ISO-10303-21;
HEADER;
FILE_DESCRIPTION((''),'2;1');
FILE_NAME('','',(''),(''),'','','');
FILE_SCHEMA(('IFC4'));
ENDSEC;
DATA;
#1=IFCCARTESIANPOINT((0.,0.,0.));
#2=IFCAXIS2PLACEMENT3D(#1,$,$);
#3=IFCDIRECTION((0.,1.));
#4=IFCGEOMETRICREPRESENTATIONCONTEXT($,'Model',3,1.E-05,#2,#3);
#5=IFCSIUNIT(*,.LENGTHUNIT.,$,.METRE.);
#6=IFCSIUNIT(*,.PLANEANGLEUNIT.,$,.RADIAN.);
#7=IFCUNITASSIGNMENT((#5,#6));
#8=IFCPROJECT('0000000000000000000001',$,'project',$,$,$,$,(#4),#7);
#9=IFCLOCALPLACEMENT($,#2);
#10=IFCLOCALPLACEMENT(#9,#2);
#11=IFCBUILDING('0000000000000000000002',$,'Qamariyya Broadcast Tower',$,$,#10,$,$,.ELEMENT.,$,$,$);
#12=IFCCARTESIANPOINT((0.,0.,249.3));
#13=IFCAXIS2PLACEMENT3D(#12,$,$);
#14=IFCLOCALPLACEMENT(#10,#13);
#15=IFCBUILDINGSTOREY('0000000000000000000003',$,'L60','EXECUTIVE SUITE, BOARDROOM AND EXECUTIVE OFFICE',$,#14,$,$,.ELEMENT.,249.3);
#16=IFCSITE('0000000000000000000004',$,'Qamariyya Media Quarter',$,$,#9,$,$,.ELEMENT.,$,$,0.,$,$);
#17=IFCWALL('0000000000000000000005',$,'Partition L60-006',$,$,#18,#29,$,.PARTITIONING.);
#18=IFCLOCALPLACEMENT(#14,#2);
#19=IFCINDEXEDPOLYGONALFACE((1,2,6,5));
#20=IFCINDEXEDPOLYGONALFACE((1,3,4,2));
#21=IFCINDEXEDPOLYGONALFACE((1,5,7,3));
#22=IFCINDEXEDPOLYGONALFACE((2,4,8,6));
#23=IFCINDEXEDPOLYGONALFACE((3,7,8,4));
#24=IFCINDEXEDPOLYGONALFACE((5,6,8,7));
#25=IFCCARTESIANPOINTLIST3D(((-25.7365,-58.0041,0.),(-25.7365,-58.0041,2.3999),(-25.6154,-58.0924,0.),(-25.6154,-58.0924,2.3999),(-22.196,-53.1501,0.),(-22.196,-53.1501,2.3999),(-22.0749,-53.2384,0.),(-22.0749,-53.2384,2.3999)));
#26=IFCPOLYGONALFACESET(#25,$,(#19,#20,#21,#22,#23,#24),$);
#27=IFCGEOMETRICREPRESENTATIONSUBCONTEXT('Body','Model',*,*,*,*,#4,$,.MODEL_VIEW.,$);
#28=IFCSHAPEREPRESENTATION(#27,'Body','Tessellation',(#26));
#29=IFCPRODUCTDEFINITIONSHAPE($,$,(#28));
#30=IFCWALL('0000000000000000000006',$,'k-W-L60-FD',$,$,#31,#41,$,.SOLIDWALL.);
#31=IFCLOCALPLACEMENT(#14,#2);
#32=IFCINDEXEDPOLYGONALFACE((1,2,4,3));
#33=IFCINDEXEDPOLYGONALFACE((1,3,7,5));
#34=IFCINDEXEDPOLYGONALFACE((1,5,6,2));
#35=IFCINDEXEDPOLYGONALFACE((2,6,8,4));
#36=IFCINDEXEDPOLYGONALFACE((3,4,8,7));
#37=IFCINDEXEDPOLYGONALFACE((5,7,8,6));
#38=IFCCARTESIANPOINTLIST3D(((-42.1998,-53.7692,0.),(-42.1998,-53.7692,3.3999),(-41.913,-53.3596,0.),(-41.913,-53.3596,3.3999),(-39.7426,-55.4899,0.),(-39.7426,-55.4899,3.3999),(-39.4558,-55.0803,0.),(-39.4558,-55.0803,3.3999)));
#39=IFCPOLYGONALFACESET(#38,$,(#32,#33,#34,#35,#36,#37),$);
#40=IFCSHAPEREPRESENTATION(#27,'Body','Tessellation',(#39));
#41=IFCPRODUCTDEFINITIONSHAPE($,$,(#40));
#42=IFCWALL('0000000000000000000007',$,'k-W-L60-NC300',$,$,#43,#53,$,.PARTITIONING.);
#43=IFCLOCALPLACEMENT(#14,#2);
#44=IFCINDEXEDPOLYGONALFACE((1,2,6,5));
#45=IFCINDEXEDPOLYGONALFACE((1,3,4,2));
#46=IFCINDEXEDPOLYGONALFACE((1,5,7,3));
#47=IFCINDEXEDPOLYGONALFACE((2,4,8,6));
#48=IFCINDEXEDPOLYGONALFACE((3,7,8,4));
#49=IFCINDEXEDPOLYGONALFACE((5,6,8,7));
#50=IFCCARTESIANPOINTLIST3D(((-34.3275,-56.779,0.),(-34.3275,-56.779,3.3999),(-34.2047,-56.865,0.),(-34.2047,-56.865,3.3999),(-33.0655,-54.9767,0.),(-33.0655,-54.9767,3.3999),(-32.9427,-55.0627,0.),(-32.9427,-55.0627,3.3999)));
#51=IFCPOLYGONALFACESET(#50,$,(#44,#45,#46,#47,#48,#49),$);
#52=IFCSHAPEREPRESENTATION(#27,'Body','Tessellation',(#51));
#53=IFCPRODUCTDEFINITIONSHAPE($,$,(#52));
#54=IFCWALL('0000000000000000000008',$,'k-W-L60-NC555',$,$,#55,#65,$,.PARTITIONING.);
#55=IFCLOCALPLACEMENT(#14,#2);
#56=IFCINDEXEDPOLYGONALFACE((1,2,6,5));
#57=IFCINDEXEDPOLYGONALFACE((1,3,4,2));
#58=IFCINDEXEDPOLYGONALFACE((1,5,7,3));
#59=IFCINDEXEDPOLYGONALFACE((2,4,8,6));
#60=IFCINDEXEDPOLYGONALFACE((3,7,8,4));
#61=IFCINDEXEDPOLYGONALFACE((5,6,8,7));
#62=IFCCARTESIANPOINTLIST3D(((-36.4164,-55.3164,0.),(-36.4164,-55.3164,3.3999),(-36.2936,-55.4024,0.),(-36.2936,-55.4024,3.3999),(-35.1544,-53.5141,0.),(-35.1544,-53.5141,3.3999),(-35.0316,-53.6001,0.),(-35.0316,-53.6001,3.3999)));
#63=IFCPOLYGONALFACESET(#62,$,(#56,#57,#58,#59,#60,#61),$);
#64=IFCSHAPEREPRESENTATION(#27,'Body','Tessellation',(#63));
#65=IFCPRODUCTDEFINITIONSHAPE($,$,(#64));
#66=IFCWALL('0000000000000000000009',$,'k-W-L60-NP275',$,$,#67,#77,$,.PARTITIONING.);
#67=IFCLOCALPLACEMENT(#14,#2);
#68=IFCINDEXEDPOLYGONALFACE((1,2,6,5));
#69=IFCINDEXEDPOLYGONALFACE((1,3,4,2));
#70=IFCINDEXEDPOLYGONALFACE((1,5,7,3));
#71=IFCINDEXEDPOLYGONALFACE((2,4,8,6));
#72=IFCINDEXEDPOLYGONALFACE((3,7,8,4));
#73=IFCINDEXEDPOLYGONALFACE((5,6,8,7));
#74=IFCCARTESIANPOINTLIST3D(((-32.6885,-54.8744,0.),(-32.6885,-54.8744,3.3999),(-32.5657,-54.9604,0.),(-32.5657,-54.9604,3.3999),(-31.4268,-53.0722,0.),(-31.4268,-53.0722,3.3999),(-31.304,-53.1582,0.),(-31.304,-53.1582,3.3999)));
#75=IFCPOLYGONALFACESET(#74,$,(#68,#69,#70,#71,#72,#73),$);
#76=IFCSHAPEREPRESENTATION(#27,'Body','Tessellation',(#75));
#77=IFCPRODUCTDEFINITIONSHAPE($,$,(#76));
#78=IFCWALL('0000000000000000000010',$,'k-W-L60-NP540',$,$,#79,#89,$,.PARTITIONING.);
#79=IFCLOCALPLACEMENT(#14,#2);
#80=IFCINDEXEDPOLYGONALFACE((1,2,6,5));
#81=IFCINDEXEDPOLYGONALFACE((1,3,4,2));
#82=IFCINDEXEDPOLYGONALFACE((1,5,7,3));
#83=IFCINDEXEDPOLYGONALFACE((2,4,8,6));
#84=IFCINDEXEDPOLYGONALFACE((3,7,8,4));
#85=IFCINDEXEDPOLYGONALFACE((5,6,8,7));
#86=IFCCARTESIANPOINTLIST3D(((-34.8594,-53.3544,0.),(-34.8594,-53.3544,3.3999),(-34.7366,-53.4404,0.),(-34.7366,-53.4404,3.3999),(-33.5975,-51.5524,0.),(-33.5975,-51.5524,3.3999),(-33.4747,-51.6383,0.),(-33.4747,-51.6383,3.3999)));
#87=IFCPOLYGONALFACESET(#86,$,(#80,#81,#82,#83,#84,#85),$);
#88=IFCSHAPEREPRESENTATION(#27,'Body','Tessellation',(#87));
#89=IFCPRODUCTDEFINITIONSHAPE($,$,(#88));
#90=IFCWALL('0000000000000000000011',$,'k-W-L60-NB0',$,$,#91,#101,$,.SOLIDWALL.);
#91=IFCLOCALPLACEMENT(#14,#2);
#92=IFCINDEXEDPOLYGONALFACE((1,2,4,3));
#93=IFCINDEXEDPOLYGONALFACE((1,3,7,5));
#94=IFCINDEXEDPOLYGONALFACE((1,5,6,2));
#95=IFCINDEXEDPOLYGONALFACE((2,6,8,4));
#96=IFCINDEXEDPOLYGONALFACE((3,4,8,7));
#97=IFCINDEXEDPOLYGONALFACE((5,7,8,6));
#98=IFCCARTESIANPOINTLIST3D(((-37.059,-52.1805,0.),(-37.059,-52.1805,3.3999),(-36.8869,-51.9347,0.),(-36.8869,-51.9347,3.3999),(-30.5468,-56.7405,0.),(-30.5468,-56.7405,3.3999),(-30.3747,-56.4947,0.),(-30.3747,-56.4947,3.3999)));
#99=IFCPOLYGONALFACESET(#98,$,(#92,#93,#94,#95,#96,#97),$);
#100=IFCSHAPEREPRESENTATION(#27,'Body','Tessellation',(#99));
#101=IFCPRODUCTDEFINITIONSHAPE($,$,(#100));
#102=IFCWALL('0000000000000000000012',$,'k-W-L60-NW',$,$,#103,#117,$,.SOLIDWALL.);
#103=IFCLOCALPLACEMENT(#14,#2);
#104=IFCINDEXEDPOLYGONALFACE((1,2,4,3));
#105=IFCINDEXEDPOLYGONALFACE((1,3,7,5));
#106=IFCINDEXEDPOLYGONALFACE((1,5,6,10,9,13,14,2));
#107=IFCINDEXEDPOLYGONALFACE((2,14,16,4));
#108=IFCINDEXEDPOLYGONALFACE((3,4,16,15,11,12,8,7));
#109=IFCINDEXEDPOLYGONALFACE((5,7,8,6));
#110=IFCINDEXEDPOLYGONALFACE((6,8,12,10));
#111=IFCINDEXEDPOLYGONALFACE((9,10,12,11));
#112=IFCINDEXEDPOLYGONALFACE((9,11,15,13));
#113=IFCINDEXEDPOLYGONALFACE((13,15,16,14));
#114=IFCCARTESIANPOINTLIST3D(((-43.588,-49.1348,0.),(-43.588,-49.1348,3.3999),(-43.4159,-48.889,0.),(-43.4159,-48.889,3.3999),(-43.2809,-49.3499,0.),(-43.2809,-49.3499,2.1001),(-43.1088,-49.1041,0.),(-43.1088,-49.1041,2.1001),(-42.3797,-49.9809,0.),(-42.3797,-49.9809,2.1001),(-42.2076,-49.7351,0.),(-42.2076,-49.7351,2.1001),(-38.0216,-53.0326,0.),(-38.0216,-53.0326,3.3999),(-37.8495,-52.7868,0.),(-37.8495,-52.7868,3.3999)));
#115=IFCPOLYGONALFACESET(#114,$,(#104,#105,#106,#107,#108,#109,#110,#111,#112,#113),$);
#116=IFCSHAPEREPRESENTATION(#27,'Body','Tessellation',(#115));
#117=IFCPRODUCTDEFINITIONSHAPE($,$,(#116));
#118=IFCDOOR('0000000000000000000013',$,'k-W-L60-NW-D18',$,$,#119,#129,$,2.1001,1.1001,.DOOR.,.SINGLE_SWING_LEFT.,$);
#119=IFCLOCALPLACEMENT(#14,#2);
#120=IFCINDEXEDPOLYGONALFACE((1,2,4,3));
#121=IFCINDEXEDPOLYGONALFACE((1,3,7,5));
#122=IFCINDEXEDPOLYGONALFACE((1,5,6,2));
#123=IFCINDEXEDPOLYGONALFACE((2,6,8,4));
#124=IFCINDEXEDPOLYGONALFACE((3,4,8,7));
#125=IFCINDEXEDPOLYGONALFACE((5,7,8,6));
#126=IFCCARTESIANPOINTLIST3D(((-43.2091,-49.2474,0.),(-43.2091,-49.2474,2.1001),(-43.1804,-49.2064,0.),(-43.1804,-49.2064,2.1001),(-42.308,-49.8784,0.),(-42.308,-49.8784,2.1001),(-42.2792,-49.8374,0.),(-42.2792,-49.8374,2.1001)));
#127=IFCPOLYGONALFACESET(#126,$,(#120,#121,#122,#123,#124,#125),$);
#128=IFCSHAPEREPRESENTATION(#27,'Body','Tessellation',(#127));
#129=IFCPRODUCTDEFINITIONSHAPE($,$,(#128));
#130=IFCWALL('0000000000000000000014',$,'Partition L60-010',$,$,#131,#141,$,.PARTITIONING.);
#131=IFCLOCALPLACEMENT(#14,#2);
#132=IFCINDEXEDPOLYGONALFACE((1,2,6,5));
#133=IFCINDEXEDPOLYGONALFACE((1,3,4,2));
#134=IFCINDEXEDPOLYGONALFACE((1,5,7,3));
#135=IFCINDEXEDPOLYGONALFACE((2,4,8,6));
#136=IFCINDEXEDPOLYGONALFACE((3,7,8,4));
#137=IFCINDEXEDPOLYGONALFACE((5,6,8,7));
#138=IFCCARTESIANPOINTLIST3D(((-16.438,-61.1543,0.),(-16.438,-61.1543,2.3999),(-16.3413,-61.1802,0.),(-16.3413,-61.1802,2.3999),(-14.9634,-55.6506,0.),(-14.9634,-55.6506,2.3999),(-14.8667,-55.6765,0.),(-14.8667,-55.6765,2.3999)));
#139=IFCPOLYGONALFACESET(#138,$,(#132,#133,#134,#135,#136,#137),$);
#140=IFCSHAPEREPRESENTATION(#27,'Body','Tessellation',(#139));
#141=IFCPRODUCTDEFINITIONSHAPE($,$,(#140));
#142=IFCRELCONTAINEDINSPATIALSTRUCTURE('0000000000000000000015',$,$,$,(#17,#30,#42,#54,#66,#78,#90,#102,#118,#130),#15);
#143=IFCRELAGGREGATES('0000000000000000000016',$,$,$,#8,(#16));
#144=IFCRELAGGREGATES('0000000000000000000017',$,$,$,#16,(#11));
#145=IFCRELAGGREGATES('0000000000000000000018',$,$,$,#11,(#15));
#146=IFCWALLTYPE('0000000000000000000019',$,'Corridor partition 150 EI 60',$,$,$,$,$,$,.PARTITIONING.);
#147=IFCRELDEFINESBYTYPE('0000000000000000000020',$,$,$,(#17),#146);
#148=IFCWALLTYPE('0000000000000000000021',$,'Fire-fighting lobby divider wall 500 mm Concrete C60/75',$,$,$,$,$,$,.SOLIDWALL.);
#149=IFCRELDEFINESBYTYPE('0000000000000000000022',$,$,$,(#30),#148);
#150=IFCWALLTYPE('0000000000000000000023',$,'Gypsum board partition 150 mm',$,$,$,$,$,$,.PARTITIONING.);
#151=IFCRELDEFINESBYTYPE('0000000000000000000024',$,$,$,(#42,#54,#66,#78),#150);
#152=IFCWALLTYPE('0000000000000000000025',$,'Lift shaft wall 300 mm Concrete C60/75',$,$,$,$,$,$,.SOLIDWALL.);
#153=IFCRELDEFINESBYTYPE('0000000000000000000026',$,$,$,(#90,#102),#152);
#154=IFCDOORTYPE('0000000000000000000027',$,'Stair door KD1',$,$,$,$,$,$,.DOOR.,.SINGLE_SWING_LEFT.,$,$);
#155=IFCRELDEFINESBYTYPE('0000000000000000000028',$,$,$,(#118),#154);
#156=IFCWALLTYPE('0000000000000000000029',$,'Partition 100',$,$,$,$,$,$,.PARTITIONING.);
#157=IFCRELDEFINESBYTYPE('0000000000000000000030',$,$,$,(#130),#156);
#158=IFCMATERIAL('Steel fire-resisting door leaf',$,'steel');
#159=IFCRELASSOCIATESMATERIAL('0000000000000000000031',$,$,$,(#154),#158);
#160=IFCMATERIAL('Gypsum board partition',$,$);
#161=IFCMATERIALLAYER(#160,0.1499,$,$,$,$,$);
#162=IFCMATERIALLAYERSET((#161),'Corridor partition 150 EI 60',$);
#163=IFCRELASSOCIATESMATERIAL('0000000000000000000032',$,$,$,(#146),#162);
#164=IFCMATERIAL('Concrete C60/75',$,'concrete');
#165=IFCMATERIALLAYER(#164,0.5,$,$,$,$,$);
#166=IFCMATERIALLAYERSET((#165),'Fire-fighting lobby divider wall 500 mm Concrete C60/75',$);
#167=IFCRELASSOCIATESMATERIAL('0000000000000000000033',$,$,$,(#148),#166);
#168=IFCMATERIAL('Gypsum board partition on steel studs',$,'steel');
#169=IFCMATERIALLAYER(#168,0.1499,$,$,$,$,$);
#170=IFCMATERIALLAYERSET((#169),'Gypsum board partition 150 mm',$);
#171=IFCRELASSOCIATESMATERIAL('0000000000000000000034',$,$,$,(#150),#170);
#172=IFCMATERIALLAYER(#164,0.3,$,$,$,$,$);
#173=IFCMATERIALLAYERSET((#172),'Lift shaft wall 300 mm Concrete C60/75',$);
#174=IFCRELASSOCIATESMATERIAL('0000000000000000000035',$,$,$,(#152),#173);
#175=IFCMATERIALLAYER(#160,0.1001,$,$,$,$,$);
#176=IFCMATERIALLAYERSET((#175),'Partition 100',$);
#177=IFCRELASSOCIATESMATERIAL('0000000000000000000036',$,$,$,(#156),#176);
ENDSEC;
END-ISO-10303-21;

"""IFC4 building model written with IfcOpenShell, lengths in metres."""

from ifc_helpers import new_model, si_unit, direction, frame, frame_2d, origin, place, context, subcontext, project, spatial, rectangle, extrude, material, layer, layer_set, type_object, element, fill, save


model = new_model("IFC4")

# Units and contexts
model_context = context("Model", 3, precision=1e-05, world=origin(), true_north=direction((0.0, 1.0)))
body_context = subcontext(model_context, "Body", "Model", "MODEL_VIEW")
ifc_project = project(units=[si_unit("LENGTHUNIT", "METRE"), si_unit("PLANEANGLEUNIT", "RADIAN")], contexts=[model_context])

# Site, building, storey
site_placement = place(None, origin())
site = spatial("IfcSite", under=ifc_project, at=site_placement, Name="Qamariyya Media Quarter", CompositionType="ELEMENT", RefElevation=0.0)
building_placement = place(site_placement, origin())
building = spatial("IfcBuilding", under=site, at=building_placement, Name="Qamariyya Broadcast Tower", CompositionType="ELEMENT")
storey_placement = place(building_placement, frame((0.0, 0.0, 249.3)))
storey = spatial("IfcBuildingStorey", under=building, at=storey_placement, Name="L60", Description="EXECUTIVE SUITE, BOARDROOM AND EXECUTIVE OFFICE", CompositionType="ELEMENT", Elevation=249.3)

# Shared definitions
ifc_material_1 = material(Name="Concrete C60/75", Category="concrete")

# Shared definitions
ifc_material_2 = material(Name="Steel fire-resisting door leaf", Category="steel")
door_type_1 = type_object("IfcDoorType", Name="Stair door KD1", OperationType="SINGLE_SWING_LEFT", PredefinedType="DOOR", material=ifc_material_2)

# Walls
ifc_material_3 = material(Name="Gypsum board partition")
ifc_layer_1 = layer(ifc_material_3, 0.1499)
ifc_layer_set_1 = layer_set([ifc_layer_1], Name="Corridor partition 150 EI 60")
wall_type_1 = type_object("IfcWallType", Name="Corridor partition 150 EI 60", PredefinedType="PARTITIONING", material=ifc_layer_set_1)
wall_1_placement = place(storey_placement, frame((-22.1355, -53.1943, 0.0), z_axis=(0.0, 0.0, 1.0), x_axis=(-0.589297, -0.807916, 0.0)))
element("IfcWall", 1, at=wall_1_placement, inside=storey, type_object=wall_type_1, Name="Partition L60-006", PredefinedType="PARTITIONING", context=body_context, shape_type="SweptSolid", body=[
    extrude(rectangle(XDim=6.0081, YDim=0.1499, at=frame_2d((3.0039, 0.0))), origin(), (0.0, 0.0, 1.0), 2.3999),
])
ifc_layer_2 = layer(ifc_material_1, 0.5)
ifc_layer_set_2 = layer_set([ifc_layer_2], Name="Fire-fighting lobby divider wall 500 mm Concrete C60/75")
wall_type_2 = type_object("IfcWallType", Name="Fire-fighting lobby divider wall 500 mm Concrete C60/75", PredefinedType="SOLIDWALL", material=ifc_layer_set_2)
wall_2_placement = place(storey_placement, frame((-39.5991, -55.2852, 0.0), z_axis=(0.0, 0.0, 1.0), x_axis=(-0.819136, 0.573599, 0.0)))
element("IfcWall", 2, at=wall_2_placement, inside=storey, type_object=wall_type_2, Name="k-W-L60-FD", PredefinedType="SOLIDWALL", context=body_context, shape_type="SweptSolid", body=[
    extrude(rectangle(XDim=2.9998, YDim=0.5, at=frame_2d((1.5, 0.0))), origin(), (0.0, 0.0, 1.0), 3.3999),
])
ifc_material_4 = material(Name="Gypsum board partition on steel studs", Category="steel")
ifc_layer_3 = layer(ifc_material_4, 0.1499)
ifc_layer_set_3 = layer_set([ifc_layer_3], Name="Gypsum board partition 150 mm")
wall_type_3 = type_object("IfcWallType", Name="Gypsum board partition 150 mm", PredefinedType="PARTITIONING", material=ifc_layer_set_3)
for number, where, z_axis, x_axis, name in (
    (3, (-34.2661, -56.822, 0.0), (0.0, 0.0, 1.0), (0.573581, 0.819149, 0.0), "k-W-L60-NC300"),
    (4, (-36.355, -55.3594, 0.0), (0.0, 0.0, 1.0), (0.573581, 0.819149, 0.0), "k-W-L60-NC555"),
):
    element("IfcWall", number, at=place(storey_placement, frame(where, z_axis=z_axis, x_axis=x_axis)), inside=storey, type_object=wall_type_3, Name=name, PredefinedType="PARTITIONING", context=body_context, shape_type="SweptSolid", body=[
        extrude(rectangle(XDim=2.2002, YDim=0.1499, at=frame_2d((1.1001, 0.0))), origin(), (0.0, 0.0, 1.0), 3.3999),
    ])
for number, where, z_axis, x_axis, name in (
    (5, (-32.6272, -54.9175, 0.0), (0.0, 0.0, 1.0), (0.573507, 0.819201, 0.0), "k-W-L60-NP275"),
    (6, (-34.7981, -53.3975, 0.0), (0.0, 0.0, 1.0), (0.573634, 0.819112, 0.0), "k-W-L60-NP540"),
):
    element("IfcWall", number, at=place(storey_placement, frame(where, z_axis=z_axis, x_axis=x_axis)), inside=storey, type_object=wall_type_3, Name=name, PredefinedType="PARTITIONING", context=body_context, shape_type="SweptSolid", body=[
        extrude(rectangle(XDim=2.2, YDim=0.1499, at=frame_2d((1.1001, 0.0))), origin(), (0.0, 0.0, 1.0), 3.3999),
    ])
ifc_layer_4 = layer(ifc_material_1, 0.3)
ifc_layer_set_4 = layer_set([ifc_layer_4], Name="Lift shaft wall 300 mm Concrete C60/75")
wall_type_4 = type_object("IfcWallType", Name="Lift shaft wall 300 mm Concrete C60/75", PredefinedType="SOLIDWALL", material=ifc_layer_set_4)
wall_3_placement = place(storey_placement, frame((-30.4607, -56.6177, 0.0), z_axis=(0.0, 0.0, 1.0), x_axis=(-0.819142, 0.57359, 0.0)))
element("IfcWall", 7, at=wall_3_placement, inside=storey, type_object=wall_type_4, Name="k-W-L60-NB0", PredefinedType="SOLIDWALL", context=body_context, shape_type="SweptSolid", body=[
    extrude(rectangle(XDim=7.95, YDim=0.3, at=frame_2d((3.9751, 0.0))), origin(), (0.0, 0.0, 1.0), 3.3999),
])

# Wall, opening, door
wall_4_placement = place(storey_placement, frame((-37.9355, -52.9097, 0.0), z_axis=(0.0, 0.0, 1.0), x_axis=(-0.819148, 0.573583, 0.0)))
wall_4 = element("IfcWall", 8, at=wall_4_placement, inside=storey, type_object=wall_type_4, Name="k-W-L60-NW", PredefinedType="SOLIDWALL", context=body_context, shape_type="SweptSolid", body=[
    extrude(rectangle(XDim=6.7954, YDim=0.3, at=frame_2d((3.3977, 0.0))), origin(), (0.0, 0.0, 1.0), 3.3999),
])
opening_1_placement = place(wall_4_placement, frame((5.3203, 0.0, 0.0)))
opening_1 = element("IfcOpeningElement", 9, at=opening_1_placement, cuts=wall_4, PredefinedType="OPENING", context=body_context, shape_type="SweptSolid", body=[
    extrude(rectangle(XDim=1.1001, YDim=2.1001, at=frame_2d((0.55, 1.05))), frame((0.0, 0.1599, 0.0), z_axis=(0.0, -1.0, 0.0), x_axis=(1.0, 0.0, 0.0)), (0.0, 0.0, 1.0), 0.3201),
])
door_1_placement = place(opening_1_placement, origin())
door_1 = element("IfcDoor", 10, at=door_1_placement, inside=storey, type_object=door_type_1, Name="k-W-L60-NW-D18", OperationType="SINGLE_SWING_LEFT", OverallHeight=2.1001, OverallWidth=1.1001, PredefinedType="DOOR", context=body_context, shape_type="SweptSolid", body=[
    extrude(rectangle(XDim=1.1001, YDim=2.1001, at=frame_2d((0.55, 1.05))), frame((0.0, 0.0249, 0.0), z_axis=(0.0, -1.0, 0.0), x_axis=(1.0, 0.0, 0.0)), (0.0, 0.0, 1.0), 0.05),
])
fill(opening_1, door_1)

# Wall
ifc_layer_5 = layer(ifc_material_3, 0.1001)
ifc_layer_set_5 = layer_set([ifc_layer_5], Name="Partition 100")
wall_type_5 = type_object("IfcWallType", Name="Partition 100", PredefinedType="PARTITIONING", material=ifc_layer_set_5)
wall_5_placement = place(storey_placement, frame((-14.915, -55.6636, 0.0), z_axis=(0.0, 0.0, 1.0), x_axis=(-0.258804, -0.96593, 0.0)))
element("IfcWall", 11, at=wall_5_placement, inside=storey, type_object=wall_type_5, Name="Partition L60-010", PredefinedType="PARTITIONING", context=body_context, shape_type="SweptSolid", body=[
    extrude(rectangle(XDim=5.6978, YDim=0.1001, at=frame_2d((2.8489, 0.0))), origin(), (0.0, 0.0, 1.0), 2.3999),
])

save(model, "model.ifc")
